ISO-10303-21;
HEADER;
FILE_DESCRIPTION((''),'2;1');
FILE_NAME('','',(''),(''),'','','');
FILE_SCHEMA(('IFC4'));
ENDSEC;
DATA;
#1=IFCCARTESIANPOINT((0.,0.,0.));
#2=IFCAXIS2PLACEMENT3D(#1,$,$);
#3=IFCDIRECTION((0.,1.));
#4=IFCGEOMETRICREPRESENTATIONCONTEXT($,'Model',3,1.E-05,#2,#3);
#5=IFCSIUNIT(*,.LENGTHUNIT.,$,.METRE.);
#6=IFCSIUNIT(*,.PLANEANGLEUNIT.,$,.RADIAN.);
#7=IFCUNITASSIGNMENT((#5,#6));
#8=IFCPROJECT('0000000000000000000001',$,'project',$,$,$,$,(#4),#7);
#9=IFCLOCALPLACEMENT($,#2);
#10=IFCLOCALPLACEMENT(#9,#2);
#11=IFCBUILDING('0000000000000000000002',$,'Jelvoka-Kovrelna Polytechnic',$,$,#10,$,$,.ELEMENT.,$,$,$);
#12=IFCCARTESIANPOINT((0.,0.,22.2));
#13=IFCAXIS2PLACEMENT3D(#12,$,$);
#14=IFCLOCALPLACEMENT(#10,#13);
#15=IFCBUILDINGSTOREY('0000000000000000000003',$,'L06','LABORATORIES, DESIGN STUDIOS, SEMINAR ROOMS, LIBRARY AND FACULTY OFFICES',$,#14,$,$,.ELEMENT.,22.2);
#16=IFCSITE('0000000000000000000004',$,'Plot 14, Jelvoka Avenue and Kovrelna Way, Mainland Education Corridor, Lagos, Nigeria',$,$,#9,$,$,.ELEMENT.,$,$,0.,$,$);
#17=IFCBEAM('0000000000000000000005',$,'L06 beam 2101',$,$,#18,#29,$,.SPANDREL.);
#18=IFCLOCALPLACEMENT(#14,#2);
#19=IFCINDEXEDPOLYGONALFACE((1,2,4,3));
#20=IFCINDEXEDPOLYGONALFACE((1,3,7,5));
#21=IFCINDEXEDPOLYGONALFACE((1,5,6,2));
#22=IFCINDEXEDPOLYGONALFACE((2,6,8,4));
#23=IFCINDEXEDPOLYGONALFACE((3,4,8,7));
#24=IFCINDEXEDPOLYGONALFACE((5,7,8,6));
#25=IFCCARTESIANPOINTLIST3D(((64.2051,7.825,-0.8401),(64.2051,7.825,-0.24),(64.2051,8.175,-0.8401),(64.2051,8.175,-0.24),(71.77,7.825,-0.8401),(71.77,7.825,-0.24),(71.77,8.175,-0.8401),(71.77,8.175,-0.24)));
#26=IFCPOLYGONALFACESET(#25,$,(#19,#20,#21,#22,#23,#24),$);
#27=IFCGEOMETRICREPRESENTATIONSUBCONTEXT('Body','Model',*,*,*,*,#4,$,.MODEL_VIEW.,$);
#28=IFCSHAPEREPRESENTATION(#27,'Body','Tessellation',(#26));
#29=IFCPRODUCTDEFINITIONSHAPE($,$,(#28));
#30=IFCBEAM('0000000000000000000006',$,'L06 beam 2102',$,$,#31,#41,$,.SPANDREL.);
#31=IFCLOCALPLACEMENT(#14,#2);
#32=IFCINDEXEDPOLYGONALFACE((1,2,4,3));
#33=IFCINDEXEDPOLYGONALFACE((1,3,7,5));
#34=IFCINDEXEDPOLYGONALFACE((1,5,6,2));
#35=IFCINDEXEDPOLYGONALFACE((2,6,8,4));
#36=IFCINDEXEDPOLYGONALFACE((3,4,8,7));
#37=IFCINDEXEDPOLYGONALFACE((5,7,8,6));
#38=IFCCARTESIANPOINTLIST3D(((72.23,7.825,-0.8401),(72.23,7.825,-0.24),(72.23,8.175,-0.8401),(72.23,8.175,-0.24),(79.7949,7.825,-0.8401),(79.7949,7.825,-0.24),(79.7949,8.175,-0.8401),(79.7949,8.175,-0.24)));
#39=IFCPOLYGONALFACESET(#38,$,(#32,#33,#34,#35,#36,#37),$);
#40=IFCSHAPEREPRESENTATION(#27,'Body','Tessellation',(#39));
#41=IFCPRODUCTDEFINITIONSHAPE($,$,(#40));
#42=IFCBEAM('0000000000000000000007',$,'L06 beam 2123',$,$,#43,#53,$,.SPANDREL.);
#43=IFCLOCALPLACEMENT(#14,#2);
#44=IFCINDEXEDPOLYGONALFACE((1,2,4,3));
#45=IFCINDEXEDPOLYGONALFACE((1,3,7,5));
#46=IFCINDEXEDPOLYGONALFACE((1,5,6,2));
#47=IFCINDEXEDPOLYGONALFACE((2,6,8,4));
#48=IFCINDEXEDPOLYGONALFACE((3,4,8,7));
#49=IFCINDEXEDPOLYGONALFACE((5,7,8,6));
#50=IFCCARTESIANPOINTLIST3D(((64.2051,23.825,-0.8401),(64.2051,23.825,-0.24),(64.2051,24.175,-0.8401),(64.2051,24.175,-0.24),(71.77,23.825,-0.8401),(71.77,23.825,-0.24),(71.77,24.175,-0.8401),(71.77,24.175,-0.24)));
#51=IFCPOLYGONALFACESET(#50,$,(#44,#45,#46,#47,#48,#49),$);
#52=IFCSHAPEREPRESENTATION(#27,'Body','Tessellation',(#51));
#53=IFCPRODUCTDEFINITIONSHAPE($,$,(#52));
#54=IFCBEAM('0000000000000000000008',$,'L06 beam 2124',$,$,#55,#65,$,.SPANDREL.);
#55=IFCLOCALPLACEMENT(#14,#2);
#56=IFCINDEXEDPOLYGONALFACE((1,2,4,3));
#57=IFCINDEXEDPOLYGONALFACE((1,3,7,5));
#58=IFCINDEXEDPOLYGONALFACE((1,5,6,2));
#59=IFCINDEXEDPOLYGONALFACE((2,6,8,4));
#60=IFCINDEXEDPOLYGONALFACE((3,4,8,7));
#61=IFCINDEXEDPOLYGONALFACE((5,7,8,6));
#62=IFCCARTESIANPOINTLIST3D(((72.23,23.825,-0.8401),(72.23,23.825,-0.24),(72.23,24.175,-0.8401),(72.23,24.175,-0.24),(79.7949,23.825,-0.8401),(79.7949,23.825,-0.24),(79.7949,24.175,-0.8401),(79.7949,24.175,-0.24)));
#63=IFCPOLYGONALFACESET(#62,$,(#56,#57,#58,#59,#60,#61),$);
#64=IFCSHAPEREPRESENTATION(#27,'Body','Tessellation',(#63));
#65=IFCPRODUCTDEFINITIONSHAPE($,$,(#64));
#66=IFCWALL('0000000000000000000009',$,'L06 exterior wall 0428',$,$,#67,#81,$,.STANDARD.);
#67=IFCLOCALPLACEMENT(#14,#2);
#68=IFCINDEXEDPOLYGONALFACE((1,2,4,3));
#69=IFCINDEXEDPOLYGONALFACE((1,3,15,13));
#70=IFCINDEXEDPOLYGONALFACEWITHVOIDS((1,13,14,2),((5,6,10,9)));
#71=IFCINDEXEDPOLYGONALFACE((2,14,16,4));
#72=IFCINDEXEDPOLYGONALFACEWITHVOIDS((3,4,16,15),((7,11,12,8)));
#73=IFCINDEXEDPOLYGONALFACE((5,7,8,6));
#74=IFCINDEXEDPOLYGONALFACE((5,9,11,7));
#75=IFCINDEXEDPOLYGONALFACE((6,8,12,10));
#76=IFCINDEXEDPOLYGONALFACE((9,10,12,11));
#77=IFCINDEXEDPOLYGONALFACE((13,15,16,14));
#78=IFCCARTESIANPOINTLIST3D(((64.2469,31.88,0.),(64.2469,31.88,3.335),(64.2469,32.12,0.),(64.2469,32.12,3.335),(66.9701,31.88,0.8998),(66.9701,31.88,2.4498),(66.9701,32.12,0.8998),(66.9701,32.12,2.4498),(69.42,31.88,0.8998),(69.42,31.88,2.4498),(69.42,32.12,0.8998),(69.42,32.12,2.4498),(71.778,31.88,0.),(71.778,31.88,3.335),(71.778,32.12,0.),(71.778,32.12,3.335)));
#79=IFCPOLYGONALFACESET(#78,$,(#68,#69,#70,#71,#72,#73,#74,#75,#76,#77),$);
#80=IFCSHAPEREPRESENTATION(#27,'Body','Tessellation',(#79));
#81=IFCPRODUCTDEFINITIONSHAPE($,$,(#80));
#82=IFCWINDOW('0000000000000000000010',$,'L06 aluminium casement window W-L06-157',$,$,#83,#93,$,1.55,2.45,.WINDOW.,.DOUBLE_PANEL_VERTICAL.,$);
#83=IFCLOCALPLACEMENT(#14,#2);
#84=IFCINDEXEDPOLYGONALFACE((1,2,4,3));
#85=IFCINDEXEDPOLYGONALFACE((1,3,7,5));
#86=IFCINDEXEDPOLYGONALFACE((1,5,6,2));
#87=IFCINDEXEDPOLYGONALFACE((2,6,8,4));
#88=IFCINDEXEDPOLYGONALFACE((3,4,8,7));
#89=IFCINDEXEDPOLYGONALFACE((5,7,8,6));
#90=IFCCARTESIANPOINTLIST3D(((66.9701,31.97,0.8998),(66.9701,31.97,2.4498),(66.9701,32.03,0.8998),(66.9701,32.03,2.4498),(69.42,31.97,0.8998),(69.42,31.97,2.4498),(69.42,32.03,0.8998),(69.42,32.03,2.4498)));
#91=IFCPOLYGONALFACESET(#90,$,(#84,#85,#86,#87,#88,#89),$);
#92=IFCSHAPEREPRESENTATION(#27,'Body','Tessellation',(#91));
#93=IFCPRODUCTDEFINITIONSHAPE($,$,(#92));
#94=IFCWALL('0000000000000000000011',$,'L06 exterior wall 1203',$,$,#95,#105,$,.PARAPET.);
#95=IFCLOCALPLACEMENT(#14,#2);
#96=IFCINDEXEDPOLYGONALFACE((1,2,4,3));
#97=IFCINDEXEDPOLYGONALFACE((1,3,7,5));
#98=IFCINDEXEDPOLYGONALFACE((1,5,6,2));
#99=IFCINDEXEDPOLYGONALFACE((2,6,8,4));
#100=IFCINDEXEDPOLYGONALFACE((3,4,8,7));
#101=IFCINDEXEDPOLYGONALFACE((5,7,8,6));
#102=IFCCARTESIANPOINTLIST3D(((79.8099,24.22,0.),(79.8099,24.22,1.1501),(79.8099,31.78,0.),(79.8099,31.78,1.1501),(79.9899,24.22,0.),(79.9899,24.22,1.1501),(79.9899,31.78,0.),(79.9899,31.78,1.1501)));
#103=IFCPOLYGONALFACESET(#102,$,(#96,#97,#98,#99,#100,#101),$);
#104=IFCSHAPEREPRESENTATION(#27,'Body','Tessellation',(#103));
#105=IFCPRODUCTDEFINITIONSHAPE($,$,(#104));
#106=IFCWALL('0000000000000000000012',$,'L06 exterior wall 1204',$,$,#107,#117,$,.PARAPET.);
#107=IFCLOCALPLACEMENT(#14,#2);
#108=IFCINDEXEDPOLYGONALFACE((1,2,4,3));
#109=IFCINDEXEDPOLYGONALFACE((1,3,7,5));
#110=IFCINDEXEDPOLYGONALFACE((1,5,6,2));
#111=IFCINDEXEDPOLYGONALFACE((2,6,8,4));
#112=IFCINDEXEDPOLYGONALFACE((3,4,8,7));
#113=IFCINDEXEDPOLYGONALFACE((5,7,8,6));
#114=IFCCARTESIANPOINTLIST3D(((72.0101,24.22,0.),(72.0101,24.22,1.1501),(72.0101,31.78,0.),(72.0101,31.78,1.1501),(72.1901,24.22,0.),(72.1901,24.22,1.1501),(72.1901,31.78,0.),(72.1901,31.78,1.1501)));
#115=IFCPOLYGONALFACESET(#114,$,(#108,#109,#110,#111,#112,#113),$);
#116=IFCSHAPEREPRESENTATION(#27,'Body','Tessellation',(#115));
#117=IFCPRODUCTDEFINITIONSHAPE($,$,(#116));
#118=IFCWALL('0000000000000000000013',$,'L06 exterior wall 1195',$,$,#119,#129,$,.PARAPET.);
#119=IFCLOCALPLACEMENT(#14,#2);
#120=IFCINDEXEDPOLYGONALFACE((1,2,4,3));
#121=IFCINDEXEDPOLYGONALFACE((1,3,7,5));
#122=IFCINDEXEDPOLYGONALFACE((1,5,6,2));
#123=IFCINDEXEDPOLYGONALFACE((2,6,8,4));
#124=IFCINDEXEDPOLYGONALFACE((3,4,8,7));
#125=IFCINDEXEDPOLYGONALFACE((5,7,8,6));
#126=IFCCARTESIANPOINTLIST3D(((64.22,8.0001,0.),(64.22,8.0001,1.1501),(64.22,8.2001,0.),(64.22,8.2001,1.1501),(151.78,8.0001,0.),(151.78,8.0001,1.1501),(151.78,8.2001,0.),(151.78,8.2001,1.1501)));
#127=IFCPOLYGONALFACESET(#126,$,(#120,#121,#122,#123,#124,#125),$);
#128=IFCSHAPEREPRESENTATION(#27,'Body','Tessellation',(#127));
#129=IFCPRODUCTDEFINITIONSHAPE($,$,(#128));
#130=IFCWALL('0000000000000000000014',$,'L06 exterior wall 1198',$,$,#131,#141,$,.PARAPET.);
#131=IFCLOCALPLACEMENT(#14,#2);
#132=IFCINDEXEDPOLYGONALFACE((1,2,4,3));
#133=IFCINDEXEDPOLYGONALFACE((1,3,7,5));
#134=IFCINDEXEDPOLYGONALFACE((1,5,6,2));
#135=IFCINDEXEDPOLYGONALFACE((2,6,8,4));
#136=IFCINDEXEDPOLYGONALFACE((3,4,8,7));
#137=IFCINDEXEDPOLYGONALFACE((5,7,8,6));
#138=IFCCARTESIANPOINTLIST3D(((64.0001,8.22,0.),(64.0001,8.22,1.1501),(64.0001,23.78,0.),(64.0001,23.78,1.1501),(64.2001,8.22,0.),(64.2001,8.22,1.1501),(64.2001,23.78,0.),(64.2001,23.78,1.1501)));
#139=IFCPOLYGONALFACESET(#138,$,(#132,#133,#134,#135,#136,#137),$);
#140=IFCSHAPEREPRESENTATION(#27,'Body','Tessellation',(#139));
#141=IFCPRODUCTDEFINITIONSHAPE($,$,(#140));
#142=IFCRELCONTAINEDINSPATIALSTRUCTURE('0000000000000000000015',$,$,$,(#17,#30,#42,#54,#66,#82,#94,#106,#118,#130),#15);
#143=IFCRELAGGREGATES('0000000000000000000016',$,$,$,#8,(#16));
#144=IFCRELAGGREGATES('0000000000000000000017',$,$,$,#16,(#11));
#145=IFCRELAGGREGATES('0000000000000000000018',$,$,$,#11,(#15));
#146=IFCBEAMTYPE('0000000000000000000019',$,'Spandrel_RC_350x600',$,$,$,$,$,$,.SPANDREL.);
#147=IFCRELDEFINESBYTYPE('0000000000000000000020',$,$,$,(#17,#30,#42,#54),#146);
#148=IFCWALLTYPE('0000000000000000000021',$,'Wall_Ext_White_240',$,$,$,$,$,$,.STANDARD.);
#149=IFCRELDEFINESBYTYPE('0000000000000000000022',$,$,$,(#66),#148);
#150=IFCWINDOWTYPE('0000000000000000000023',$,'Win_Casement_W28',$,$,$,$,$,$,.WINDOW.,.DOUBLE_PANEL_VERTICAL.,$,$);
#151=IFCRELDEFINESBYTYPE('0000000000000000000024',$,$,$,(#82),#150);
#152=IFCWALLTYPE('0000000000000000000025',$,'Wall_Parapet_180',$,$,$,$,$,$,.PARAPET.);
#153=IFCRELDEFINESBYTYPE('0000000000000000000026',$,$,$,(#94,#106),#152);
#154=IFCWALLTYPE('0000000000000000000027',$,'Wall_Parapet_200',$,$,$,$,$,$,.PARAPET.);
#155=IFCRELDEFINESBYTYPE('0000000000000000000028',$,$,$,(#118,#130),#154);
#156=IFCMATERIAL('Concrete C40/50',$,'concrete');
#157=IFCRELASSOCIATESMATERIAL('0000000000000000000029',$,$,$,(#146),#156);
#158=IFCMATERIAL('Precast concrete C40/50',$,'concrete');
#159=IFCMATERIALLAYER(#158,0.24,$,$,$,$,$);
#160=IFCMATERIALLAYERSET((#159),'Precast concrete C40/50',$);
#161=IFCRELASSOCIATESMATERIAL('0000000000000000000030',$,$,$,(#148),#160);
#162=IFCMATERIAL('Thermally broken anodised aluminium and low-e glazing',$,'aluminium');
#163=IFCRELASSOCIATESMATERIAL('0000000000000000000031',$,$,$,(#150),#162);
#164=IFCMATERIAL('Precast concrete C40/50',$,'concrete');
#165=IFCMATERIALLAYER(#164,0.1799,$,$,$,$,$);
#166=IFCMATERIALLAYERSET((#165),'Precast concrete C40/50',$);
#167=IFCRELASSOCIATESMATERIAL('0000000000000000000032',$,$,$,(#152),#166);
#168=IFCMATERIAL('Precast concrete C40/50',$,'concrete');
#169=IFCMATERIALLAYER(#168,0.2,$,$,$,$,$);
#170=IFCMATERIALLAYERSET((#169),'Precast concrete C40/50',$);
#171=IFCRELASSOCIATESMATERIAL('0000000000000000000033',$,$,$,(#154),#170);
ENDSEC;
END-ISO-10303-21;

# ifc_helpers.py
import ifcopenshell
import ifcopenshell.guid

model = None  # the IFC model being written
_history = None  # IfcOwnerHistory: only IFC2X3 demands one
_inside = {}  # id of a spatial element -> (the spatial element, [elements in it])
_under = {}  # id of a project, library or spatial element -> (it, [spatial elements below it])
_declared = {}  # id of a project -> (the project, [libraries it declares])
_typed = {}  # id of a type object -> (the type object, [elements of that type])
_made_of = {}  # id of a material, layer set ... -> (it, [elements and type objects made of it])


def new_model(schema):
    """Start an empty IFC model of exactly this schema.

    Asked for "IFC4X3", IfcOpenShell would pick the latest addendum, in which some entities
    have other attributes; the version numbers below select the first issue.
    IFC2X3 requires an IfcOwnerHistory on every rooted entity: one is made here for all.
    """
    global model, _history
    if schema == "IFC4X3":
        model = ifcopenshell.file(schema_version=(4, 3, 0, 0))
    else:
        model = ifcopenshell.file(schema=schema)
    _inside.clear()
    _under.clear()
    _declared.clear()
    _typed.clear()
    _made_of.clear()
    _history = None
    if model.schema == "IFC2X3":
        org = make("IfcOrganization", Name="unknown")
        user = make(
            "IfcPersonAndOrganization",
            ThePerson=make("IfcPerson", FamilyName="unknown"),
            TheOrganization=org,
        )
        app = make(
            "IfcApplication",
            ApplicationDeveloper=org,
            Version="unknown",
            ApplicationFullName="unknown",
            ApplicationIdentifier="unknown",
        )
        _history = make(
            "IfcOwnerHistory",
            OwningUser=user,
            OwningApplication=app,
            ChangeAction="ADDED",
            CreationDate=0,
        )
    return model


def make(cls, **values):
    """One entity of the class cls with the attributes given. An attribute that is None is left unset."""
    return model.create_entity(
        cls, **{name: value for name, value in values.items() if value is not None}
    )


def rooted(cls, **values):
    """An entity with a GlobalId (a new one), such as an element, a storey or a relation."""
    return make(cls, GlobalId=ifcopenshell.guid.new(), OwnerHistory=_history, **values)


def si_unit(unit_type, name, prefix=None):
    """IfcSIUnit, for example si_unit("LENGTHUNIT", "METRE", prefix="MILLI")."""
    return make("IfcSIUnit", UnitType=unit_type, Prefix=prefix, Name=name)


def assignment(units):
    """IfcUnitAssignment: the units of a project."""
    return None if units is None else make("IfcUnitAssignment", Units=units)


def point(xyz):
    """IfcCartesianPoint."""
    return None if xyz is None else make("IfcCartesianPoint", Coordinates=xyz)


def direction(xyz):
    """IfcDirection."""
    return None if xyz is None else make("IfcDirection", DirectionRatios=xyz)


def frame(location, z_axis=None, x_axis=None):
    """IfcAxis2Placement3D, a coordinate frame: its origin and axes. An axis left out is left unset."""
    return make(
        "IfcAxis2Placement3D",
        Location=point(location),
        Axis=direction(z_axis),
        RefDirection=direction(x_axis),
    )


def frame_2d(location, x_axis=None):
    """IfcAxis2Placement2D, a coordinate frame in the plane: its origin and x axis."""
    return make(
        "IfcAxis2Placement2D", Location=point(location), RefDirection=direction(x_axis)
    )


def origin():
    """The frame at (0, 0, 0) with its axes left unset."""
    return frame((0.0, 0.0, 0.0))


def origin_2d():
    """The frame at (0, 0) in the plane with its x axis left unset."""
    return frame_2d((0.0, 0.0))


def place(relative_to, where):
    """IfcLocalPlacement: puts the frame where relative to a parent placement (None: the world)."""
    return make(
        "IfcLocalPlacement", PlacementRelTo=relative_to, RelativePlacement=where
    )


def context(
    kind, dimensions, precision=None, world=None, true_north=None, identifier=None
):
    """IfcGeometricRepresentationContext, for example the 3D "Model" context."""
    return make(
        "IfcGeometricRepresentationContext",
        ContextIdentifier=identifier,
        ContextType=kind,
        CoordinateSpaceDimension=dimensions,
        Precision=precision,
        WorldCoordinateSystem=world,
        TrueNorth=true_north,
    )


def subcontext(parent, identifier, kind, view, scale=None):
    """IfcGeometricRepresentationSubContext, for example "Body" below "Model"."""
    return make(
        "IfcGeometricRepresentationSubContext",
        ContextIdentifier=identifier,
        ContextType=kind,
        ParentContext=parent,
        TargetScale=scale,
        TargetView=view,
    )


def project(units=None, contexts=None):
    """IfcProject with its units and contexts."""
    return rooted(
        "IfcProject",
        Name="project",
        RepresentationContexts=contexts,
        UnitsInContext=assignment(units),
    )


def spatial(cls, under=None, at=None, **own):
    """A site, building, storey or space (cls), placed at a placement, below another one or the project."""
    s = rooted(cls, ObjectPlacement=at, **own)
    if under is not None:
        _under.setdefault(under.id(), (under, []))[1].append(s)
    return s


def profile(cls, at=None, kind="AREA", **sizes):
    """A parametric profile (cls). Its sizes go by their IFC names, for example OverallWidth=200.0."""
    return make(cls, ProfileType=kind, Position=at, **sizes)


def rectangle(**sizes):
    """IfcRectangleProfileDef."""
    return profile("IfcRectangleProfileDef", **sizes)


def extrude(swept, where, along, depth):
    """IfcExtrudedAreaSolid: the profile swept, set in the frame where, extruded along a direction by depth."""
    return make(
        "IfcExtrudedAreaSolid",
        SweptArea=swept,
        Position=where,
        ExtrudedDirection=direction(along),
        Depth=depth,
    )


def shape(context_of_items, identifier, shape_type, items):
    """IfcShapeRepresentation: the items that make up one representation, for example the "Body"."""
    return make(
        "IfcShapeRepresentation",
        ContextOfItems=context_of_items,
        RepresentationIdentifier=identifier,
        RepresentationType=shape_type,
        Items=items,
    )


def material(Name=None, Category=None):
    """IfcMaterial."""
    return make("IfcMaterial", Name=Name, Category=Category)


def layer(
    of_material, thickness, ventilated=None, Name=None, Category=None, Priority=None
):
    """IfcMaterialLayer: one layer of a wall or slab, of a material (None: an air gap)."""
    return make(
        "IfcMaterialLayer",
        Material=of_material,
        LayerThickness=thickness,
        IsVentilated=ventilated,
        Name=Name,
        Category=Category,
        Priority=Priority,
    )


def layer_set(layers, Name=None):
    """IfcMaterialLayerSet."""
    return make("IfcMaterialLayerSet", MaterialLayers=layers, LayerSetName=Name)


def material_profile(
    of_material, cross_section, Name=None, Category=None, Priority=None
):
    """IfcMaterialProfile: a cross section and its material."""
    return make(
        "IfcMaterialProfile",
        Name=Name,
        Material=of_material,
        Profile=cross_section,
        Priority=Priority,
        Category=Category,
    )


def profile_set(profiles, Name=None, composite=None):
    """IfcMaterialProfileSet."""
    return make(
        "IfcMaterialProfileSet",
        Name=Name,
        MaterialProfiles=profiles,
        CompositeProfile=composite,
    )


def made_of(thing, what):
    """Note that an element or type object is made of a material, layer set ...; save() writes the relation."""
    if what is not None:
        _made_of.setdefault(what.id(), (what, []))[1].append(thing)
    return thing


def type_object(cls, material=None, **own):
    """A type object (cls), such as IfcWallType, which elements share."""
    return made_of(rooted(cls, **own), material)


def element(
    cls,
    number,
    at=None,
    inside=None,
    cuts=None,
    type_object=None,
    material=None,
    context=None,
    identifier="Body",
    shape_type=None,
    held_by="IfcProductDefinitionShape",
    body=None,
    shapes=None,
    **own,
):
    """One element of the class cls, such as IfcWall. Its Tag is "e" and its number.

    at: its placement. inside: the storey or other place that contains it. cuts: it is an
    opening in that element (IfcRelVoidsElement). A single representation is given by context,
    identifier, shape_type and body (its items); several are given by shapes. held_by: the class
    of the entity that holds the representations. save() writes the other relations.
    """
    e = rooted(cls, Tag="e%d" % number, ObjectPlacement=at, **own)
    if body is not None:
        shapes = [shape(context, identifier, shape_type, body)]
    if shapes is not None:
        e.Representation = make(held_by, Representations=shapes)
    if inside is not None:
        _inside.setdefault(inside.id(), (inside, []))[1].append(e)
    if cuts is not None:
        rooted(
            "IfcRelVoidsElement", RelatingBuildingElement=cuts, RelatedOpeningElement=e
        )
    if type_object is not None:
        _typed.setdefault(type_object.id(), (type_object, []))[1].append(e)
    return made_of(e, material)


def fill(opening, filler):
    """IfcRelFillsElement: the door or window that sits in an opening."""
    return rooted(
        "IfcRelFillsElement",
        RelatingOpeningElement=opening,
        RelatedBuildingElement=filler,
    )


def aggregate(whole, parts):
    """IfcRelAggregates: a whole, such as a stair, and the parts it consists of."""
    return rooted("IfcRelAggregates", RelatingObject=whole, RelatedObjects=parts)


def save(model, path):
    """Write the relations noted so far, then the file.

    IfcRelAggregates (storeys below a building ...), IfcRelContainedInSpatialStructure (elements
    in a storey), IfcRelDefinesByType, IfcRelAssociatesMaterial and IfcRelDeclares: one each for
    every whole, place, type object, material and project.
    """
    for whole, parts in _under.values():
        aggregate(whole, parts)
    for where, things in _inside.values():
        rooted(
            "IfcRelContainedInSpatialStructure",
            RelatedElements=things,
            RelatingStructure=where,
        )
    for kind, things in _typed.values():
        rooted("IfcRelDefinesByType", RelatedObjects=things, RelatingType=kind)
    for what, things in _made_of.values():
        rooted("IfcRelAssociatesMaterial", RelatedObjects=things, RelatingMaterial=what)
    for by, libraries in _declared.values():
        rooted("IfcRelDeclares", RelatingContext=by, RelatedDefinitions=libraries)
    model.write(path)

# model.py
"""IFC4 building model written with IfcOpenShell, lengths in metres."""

from ifc_helpers import new_model, si_unit, direction, frame, frame_2d, origin, origin_2d, place, context, subcontext, project, spatial, rectangle, extrude, material, layer, layer_set, material_profile, profile_set, type_object, element, fill, save


model = new_model("IFC4")

# Units and contexts
model_context = context("Model", 3, precision=1e-05, world=origin(), true_north=direction((0.0, 1.0)))
body_context = subcontext(model_context, "Body", "Model", "MODEL_VIEW")
ifc_project = project(units=[si_unit("LENGTHUNIT", "METRE"), si_unit("PLANEANGLEUNIT", "RADIAN")], contexts=[model_context])

# Site, building, storey
site_placement = place(None, origin())
site = spatial("IfcSite", under=ifc_project, at=site_placement, Name="Plot 14, Jelvoka Avenue and Kovrelna Way, Mainland Education Corridor, Lagos, Nigeria", CompositionType="ELEMENT", RefElevation=0.0)
building_placement = place(site_placement, origin())
building = spatial("IfcBuilding", under=site, at=building_placement, Name="Jelvoka-Kovrelna Polytechnic", CompositionType="ELEMENT")
storey_placement = place(building_placement, frame((0.0, 0.0, 22.2)))
storey = spatial("IfcBuildingStorey", under=building, at=storey_placement, Name="L06", Description="LABORATORIES, DESIGN STUDIOS, SEMINAR ROOMS, LIBRARY AND FACULTY OFFICES", CompositionType="ELEMENT", Elevation=22.2)

# Beams
ifc_material_1 = material(Name="Concrete C40/50", Category="concrete")
ifc_material_profile_1 = material_profile(ifc_material_1, rectangle(XDim=0.3501, YDim=0.6001, at=origin_2d()), Name="RC 350x600")
ifc_profile_set_1 = profile_set([ifc_material_profile_1], Name="Concrete C40/50")
beam_type_1 = type_object("IfcBeamType", Name="Spandrel_RC_350x600", PredefinedType="SPANDREL", material=ifc_profile_set_1)
for number, where, z_axis, x_axis, name in (
    (1, (64.2051, 8.0, -0.54), (1.0, 0.0, 0.0), (0.0, 1.0, 0.0), "L06 beam 2101"),
    (2, (72.23, 8.0, -0.54), (1.0, 0.0, 0.0), (0.0, 1.0, 0.0), "L06 beam 2102"),
    (3, (64.2051, 24.0, -0.54), (1.0, 0.0, 0.0), (0.0, 1.0, 0.0), "L06 beam 2123"),
    (4, (72.23, 24.0, -0.54), (1.0, 0.0, 0.0), (0.0, 1.0, 0.0), "L06 beam 2124"),
):
    element("IfcBeam", number, at=place(storey_placement, frame(where, z_axis=z_axis, x_axis=x_axis)), inside=storey, type_object=beam_type_1, Name=name, PredefinedType="SPANDREL", context=body_context, shape_type="SweptSolid", body=[
        extrude(rectangle(XDim=0.3501, YDim=0.6001, at=origin_2d()), origin(), (0.0, 0.0, 1.0), 7.5649),
    ])

# Wall, opening, window
ifc_material_2 = material(Name="Precast concrete C40/50", Category="concrete")
ifc_layer_1 = layer(ifc_material_2, 0.24)
ifc_layer_set_1 = layer_set([ifc_layer_1], Name="Precast concrete C40/50")
wall_type_1 = type_object("IfcWallType", Name="Wall_Ext_White_240", PredefinedType="STANDARD", material=ifc_layer_set_1)
wall_1_placement = place(storey_placement, frame((71.7781, 32.0, 0.0), z_axis=(0.0, 0.0, 1.0), x_axis=(-1.0, 0.0, 0.0)))
wall_1 = element("IfcWall", 5, at=wall_1_placement, inside=storey, type_object=wall_type_1, Name="L06 exterior wall 0428", PredefinedType="STANDARD", context=body_context, shape_type="SweptSolid", body=[
    extrude(rectangle(XDim=7.531, YDim=0.24, at=frame_2d((3.7656, 0.0))), origin(), (0.0, 0.0, 1.0), 3.335),
])
opening_placement = place(wall_1_placement, frame((2.3579, 0.0, 0.8999)))
opening = element("IfcOpeningElement", 6, at=opening_placement, cuts=wall_1, PredefinedType="OPENING", context=body_context, shape_type="SweptSolid", body=[
    extrude(rectangle(XDim=2.45, YDim=1.55, at=frame_2d((1.2251, 0.7749))), frame((0.0, 0.1301, 0.0), z_axis=(0.0, -1.0, 0.0), x_axis=(1.0, 0.0, 0.0)), (0.0, 0.0, 1.0), 0.26),
])
ifc_material_3 = material(Name="Thermally broken anodised aluminium and low-e glazing", Category="aluminium")
window_type = type_object("IfcWindowType", Name="Win_Casement_W28", PartitioningType="DOUBLE_PANEL_VERTICAL", PredefinedType="WINDOW", material=ifc_material_3)
window_placement = place(opening_placement, origin())
window = element("IfcWindow", 7, at=window_placement, inside=storey, type_object=window_type, Name="L06 aluminium casement window W-L06-157", OverallHeight=1.55, OverallWidth=2.45, PartitioningType="DOUBLE_PANEL_VERTICAL", PredefinedType="WINDOW", context=body_context, shape_type="SweptSolid", body=[
    extrude(rectangle(XDim=2.45, YDim=1.55, at=frame_2d((1.2251, 0.7749))), frame((0.0, 0.03, 0.0), z_axis=(0.0, -1.0, 0.0), x_axis=(1.0, 0.0, 0.0)), (0.0, 0.0, 1.0), 0.0601),
])
fill(opening, window)

# Walls
ifc_material_4 = material(Name="Precast concrete C40/50", Category="concrete")
ifc_layer_2 = layer(ifc_material_4, 0.1799)
ifc_layer_set_2 = layer_set([ifc_layer_2], Name="Precast concrete C40/50")
wall_type_2 = type_object("IfcWallType", Name="Wall_Parapet_180", PredefinedType="PARAPET", material=ifc_layer_set_2)
for number, where, z_axis, x_axis, name in (
    (8, (79.8999, 24.22, 0.0), (0.0, 0.0, 1.0), (0.0, 1.0, 0.0), "L06 exterior wall 1203"),
    (9, (72.1001, 31.78, 0.0), (0.0, 0.0, 1.0), (0.0, -1.0, 0.0), "L06 exterior wall 1204"),
):
    element("IfcWall", number, at=place(storey_placement, frame(where, z_axis=z_axis, x_axis=x_axis)), inside=storey, type_object=wall_type_2, Name=name, PredefinedType="PARAPET", context=body_context, shape_type="SweptSolid", body=[
        extrude(rectangle(XDim=7.5601, YDim=0.1799, at=frame_2d((3.78, 0.0))), origin(), (0.0, 0.0, 1.0), 1.1501),
    ])
ifc_material_5 = material(Name="Precast concrete C40/50", Category="concrete")
ifc_layer_3 = layer(ifc_material_5, 0.2)
ifc_layer_set_3 = layer_set([ifc_layer_3], Name="Precast concrete C40/50")
wall_type_3 = type_object("IfcWallType", Name="Wall_Parapet_200", PredefinedType="PARAPET", material=ifc_layer_set_3)
wall_2_placement = place(storey_placement, frame((64.22, 8.1001, 0.0), z_axis=(0.0, 0.0, 1.0), x_axis=(1.0, 0.0, 0.0)))
element("IfcWall", 10, at=wall_2_placement, inside=storey, type_object=wall_type_3, Name="L06 exterior wall 1195", PredefinedType="PARAPET", context=body_context, shape_type="SweptSolid", body=[
    extrude(rectangle(XDim=87.5601, YDim=0.2, at=frame_2d((43.78, 0.0))), origin(), (0.0, 0.0, 1.0), 1.1501),
])
wall_3_placement = place(storey_placement, frame((64.1001, 23.78, 0.0), z_axis=(0.0, 0.0, 1.0), x_axis=(0.0, -1.0, 0.0)))
element("IfcWall", 11, at=wall_3_placement, inside=storey, type_object=wall_type_3, Name="L06 exterior wall 1198", PredefinedType="PARAPET", context=body_context, shape_type="SweptSolid", body=[
    extrude(rectangle(XDim=15.5601, YDim=0.2, at=frame_2d((7.78, 0.0))), origin(), (0.0, 0.0, 1.0), 1.1501),
])

save(model, "model.ifc")
